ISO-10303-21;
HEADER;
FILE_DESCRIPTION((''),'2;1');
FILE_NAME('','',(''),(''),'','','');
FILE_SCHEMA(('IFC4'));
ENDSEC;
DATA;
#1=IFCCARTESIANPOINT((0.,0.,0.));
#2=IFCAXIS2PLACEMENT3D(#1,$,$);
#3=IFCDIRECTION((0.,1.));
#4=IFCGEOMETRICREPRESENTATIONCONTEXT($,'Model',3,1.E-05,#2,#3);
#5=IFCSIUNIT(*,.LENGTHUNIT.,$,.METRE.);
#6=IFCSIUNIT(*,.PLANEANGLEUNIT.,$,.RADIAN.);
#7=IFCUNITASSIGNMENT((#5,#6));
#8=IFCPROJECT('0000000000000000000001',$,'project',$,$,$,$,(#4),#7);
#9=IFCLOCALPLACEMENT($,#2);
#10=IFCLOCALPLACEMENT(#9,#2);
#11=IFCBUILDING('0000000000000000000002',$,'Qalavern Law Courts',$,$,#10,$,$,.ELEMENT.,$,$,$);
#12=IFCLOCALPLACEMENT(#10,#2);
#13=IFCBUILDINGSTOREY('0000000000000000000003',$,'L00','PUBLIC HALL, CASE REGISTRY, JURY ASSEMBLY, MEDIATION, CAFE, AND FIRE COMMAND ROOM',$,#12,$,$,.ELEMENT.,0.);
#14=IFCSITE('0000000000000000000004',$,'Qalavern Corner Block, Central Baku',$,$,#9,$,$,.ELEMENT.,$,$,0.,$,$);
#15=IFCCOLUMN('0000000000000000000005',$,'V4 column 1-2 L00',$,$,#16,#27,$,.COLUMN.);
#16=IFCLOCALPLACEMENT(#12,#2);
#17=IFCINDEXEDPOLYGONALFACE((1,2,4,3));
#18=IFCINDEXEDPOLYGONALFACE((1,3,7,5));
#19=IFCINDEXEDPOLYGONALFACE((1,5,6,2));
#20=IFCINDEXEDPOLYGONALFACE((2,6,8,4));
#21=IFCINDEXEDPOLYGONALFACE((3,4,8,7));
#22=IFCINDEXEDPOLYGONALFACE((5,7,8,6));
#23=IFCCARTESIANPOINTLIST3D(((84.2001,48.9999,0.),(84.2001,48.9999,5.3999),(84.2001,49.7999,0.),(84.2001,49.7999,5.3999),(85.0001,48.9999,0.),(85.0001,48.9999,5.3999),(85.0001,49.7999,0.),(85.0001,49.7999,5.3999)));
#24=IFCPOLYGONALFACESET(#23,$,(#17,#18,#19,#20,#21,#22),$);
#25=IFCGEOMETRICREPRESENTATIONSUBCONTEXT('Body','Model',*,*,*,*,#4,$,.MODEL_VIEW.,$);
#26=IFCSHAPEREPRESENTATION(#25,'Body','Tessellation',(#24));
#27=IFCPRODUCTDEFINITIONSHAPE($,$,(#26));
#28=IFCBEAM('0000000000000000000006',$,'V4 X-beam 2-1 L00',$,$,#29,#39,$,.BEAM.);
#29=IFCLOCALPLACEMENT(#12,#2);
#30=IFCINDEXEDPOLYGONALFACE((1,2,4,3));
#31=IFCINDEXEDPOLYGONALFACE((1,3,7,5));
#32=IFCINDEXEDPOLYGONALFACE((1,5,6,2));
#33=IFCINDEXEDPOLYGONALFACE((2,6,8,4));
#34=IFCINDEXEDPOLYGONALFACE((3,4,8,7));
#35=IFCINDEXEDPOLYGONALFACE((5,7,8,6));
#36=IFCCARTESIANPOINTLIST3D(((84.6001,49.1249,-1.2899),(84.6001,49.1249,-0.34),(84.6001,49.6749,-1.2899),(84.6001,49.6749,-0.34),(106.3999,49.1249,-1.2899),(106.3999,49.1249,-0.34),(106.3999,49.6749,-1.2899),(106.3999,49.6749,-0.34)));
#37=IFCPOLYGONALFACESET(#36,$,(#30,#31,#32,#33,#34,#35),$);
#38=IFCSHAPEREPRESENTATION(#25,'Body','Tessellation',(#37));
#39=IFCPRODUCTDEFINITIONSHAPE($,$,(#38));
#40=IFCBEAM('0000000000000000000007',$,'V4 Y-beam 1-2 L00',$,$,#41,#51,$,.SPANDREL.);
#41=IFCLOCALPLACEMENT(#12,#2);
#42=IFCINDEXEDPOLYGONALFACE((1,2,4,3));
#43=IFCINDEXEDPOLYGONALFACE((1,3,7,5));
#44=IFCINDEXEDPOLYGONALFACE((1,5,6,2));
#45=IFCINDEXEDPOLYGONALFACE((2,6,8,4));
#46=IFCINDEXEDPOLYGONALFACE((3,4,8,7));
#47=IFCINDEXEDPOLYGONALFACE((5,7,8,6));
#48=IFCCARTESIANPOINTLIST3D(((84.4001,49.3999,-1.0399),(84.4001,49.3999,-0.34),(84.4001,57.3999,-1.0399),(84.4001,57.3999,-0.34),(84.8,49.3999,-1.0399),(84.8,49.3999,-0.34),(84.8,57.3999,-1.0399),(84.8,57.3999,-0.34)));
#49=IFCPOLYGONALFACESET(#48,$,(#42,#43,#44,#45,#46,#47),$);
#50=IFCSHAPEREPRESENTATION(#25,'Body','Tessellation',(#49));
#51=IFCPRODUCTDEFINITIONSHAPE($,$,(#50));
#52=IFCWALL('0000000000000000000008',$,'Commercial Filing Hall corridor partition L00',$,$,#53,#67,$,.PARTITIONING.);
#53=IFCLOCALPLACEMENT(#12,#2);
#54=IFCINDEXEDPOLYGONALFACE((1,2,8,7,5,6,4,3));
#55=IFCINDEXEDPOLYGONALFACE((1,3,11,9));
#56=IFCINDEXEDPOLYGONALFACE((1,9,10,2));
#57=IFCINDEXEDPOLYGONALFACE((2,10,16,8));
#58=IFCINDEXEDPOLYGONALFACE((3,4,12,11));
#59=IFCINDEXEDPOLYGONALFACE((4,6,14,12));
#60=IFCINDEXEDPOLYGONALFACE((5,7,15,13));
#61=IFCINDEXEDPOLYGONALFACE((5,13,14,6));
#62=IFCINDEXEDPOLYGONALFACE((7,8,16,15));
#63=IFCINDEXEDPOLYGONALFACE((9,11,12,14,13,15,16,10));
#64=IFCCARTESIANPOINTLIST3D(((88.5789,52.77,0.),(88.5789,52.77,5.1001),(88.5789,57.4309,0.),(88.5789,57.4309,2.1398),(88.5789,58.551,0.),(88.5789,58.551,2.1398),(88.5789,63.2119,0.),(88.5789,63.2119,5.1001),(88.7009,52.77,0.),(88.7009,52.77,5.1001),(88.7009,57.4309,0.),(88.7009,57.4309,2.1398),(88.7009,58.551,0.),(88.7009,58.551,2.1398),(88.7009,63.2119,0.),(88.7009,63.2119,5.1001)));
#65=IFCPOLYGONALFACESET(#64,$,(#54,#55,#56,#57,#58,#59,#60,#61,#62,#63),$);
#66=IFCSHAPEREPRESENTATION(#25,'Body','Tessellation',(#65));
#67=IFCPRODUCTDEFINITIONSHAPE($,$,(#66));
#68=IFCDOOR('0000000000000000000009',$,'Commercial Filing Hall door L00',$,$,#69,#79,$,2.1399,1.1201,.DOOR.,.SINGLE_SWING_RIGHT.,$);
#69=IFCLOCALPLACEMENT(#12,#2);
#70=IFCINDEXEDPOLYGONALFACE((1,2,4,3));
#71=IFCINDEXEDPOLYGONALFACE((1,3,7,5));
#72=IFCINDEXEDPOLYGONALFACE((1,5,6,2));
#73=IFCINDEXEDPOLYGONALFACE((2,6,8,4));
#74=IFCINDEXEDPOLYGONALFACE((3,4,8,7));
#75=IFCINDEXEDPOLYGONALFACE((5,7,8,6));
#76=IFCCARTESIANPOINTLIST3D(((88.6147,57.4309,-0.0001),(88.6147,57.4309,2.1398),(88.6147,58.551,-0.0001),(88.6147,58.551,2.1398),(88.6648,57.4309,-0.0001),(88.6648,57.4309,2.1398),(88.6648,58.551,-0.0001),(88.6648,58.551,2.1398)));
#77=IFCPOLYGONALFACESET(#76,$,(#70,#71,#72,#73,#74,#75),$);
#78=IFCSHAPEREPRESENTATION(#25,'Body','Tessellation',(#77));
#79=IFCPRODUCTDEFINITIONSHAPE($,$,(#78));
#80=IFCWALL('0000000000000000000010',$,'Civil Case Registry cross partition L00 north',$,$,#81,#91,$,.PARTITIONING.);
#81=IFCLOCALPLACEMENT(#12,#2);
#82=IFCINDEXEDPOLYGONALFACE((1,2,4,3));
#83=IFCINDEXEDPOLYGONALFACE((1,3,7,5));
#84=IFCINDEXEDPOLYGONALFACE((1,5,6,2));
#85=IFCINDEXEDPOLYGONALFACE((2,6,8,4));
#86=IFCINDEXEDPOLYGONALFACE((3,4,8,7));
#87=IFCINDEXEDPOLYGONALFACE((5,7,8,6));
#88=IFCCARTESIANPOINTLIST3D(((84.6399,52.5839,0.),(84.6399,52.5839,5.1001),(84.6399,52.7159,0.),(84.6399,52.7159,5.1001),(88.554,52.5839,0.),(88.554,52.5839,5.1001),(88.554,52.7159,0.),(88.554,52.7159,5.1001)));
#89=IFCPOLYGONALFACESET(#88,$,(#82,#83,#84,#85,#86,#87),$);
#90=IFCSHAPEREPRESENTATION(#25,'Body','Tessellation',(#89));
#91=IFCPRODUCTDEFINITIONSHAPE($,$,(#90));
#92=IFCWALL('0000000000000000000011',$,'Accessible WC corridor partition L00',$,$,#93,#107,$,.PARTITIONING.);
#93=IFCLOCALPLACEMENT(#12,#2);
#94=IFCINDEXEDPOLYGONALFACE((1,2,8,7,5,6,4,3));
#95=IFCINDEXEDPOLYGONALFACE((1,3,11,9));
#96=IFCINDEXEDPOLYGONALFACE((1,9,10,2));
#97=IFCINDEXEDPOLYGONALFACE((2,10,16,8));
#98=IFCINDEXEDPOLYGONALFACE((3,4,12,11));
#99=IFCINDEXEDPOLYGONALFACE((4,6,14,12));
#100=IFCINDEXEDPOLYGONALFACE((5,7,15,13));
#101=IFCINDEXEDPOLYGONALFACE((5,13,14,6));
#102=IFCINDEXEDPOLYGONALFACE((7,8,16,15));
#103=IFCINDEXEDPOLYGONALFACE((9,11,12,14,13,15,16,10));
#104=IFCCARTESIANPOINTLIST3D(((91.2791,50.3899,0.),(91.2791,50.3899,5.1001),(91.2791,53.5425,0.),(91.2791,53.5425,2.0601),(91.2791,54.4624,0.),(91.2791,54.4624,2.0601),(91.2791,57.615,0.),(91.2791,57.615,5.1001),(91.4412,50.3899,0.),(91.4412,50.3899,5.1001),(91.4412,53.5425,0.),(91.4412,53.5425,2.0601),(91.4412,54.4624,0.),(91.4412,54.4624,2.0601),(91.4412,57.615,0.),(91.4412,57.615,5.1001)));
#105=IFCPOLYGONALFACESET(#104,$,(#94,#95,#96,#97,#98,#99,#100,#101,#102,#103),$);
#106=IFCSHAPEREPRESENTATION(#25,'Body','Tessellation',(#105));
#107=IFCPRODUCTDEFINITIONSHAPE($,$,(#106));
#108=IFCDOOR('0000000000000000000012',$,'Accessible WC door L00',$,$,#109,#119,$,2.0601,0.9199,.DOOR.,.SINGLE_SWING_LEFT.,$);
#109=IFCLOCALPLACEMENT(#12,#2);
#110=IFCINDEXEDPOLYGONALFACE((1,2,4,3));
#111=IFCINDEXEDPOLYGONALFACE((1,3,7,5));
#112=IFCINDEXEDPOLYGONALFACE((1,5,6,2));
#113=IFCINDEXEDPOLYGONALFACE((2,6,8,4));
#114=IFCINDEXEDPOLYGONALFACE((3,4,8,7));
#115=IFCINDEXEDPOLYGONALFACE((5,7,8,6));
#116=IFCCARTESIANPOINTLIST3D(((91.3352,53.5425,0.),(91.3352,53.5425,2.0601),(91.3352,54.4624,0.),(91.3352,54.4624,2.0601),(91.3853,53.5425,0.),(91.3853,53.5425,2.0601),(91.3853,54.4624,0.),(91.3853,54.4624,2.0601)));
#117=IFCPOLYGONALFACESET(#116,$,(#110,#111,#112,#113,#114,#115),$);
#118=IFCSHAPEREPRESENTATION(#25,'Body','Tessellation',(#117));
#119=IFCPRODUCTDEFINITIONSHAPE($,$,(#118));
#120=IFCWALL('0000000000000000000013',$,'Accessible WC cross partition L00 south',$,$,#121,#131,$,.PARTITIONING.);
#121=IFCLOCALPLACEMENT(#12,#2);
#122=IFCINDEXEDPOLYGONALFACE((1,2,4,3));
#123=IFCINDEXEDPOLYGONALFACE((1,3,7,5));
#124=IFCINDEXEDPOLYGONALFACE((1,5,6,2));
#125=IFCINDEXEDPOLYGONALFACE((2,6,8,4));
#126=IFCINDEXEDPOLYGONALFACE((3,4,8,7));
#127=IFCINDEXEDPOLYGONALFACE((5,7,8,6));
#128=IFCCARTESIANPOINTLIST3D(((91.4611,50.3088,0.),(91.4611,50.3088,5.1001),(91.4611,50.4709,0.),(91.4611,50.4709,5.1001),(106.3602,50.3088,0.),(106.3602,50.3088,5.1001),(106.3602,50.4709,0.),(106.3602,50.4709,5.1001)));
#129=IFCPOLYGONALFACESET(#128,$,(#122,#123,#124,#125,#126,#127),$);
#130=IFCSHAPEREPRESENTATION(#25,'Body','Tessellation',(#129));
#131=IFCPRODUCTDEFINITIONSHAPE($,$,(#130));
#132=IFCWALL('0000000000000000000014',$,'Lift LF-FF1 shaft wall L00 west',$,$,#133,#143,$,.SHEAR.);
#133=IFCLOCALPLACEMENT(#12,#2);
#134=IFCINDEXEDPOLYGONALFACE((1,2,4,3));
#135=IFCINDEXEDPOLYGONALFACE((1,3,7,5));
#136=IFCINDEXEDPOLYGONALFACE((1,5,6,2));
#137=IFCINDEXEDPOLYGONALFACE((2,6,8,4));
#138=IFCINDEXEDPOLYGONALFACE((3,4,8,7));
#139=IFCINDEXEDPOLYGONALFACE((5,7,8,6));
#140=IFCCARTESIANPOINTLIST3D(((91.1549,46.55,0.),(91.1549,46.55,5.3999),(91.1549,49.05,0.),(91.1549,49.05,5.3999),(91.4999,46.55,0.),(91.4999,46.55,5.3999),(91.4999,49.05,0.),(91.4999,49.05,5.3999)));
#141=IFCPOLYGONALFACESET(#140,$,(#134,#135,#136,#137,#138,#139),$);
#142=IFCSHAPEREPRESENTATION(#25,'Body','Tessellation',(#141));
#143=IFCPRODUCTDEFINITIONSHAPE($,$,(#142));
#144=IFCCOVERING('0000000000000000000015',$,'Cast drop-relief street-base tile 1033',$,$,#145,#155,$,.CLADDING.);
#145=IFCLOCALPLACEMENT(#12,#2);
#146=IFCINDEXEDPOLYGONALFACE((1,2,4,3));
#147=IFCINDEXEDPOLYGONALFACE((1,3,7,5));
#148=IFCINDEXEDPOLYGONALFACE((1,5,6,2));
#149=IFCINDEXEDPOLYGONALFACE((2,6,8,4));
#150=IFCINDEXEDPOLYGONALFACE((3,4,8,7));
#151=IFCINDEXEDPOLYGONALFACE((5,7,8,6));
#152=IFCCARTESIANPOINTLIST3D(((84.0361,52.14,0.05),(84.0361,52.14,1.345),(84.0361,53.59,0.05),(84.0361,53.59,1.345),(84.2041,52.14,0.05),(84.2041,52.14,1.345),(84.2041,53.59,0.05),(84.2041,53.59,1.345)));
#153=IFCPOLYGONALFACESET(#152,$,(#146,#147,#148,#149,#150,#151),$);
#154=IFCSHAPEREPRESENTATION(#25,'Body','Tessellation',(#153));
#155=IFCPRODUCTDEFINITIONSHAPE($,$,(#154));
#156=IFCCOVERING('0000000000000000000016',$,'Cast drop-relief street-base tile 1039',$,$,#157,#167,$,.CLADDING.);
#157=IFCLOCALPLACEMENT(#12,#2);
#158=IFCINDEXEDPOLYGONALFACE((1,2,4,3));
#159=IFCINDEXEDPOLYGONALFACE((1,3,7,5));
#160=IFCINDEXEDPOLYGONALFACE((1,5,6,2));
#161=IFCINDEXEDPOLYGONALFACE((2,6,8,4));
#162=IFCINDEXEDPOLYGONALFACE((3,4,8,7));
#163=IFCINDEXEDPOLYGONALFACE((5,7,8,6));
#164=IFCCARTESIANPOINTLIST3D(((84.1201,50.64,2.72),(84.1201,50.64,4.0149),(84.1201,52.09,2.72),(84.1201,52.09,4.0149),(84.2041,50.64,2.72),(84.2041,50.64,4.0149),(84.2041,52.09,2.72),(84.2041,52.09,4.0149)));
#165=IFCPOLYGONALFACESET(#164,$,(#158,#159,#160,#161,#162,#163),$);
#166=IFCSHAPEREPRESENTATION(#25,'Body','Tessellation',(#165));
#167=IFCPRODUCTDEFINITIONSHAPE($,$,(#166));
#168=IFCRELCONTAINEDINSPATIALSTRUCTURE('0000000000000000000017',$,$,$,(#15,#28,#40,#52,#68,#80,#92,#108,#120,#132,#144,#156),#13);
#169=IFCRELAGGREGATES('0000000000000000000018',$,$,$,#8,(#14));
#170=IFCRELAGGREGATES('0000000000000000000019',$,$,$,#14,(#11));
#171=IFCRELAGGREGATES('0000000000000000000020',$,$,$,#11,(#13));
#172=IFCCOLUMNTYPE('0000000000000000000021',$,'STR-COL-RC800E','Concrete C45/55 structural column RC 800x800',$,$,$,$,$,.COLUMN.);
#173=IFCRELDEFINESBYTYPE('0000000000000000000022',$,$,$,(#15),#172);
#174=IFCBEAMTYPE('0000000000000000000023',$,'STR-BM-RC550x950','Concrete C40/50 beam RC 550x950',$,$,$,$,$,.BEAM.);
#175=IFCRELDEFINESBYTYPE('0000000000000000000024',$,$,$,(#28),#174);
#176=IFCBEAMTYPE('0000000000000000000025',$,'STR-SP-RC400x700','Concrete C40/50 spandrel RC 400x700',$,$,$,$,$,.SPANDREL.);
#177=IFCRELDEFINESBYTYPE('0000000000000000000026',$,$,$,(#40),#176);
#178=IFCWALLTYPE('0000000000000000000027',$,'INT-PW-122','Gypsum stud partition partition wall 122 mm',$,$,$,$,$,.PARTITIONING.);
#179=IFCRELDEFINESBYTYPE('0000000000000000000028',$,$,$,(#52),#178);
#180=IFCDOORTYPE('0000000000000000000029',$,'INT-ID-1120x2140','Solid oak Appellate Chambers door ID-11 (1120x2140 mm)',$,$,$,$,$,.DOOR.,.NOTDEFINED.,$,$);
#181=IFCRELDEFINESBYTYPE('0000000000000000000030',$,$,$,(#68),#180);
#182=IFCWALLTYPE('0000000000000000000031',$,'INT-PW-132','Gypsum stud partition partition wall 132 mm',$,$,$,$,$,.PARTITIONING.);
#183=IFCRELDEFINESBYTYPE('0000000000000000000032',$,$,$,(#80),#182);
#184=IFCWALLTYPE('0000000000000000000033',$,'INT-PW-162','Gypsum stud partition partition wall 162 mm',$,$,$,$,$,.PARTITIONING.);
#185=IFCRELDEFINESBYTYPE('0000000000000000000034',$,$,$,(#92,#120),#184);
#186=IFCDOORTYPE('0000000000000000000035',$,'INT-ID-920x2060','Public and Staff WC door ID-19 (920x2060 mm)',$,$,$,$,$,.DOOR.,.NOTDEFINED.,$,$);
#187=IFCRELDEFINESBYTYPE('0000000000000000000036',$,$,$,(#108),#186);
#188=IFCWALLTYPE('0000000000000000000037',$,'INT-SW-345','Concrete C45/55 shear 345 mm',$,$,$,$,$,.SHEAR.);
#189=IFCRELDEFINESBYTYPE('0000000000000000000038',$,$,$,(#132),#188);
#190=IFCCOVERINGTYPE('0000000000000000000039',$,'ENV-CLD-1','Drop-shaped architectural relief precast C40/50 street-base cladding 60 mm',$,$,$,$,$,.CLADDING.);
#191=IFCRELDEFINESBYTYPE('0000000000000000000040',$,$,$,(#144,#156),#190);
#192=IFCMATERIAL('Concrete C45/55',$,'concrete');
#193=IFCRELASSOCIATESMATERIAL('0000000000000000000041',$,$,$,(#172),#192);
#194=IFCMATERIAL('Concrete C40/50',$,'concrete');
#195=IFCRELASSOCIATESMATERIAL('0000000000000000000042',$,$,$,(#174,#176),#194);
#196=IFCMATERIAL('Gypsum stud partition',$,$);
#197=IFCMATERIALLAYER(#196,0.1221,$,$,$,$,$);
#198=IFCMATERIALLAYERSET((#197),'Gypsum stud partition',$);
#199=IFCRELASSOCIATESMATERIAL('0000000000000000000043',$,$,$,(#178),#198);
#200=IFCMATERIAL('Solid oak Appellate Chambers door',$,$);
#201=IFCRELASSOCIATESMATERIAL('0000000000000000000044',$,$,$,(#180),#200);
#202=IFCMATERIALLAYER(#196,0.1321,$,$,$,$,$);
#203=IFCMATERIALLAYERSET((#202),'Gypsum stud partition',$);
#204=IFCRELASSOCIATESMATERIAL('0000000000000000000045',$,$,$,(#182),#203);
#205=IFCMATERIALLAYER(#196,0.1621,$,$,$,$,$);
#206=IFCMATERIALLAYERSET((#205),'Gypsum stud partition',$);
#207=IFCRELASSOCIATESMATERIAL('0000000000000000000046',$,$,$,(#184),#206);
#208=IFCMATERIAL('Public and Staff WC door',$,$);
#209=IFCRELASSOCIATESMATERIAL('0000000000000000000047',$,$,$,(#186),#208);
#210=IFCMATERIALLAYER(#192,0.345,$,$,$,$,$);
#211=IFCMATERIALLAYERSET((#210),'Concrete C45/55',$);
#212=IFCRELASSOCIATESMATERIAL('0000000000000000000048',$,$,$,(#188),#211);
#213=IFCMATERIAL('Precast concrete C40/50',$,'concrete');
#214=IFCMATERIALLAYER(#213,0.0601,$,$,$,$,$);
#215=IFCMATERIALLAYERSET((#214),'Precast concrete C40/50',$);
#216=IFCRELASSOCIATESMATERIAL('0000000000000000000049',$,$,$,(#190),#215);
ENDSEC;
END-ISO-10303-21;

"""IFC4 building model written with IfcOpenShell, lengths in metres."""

from ifc_helpers import new_model, si_unit, direction, frame, frame_2d, origin, origin_2d, place, context, subcontext, project, spatial, rectangle, extrude, material, layer, layer_set, material_profile, profile_set, type_object, element, fill, save


model = new_model("IFC4")

# Units and contexts
model_context = context("Model", 3, precision=1e-05, world=origin(), true_north=direction((0.0, 1.0)))
body_context = subcontext(model_context, "Body", "Model", "MODEL_VIEW")
ifc_project = project(units=[si_unit("LENGTHUNIT", "METRE"), si_unit("PLANEANGLEUNIT", "RADIAN")], contexts=[model_context])

# Site, building, storey
site_placement = place(None, origin())
site = spatial("IfcSite", under=ifc_project, at=site_placement, Name="Qalavern Corner Block, Central Baku", CompositionType="ELEMENT", RefElevation=0.0)
building_placement = place(site_placement, origin())
building = spatial("IfcBuilding", under=site, at=building_placement, Name="Qalavern Law Courts", CompositionType="ELEMENT")
storey_placement = place(building_placement, origin())
storey = spatial("IfcBuildingStorey", under=building, at=storey_placement, Name="L00", Description="PUBLIC HALL, CASE REGISTRY, JURY ASSEMBLY, MEDIATION, CAFE, AND FIRE COMMAND ROOM", CompositionType="ELEMENT", Elevation=0.0)

# Column
ifc_material_1 = material(Name="Concrete C45/55", Category="concrete")
ifc_material_profile_1 = material_profile(ifc_material_1, rectangle(XDim=0.8, YDim=0.8, at=origin_2d()), Name="RC 800x800")
ifc_profile_set_1 = profile_set([ifc_material_profile_1], Name="Concrete C45/55")
column_type = type_object("IfcColumnType", Name="STR-COL-RC800E", Description="Concrete C45/55 structural column RC 800x800", PredefinedType="COLUMN", material=ifc_profile_set_1)
column_placement = place(storey_placement, frame((84.6001, 49.3999, 0.0), z_axis=(0.0, 0.0, 1.0), x_axis=(1.0, 0.0, 0.0)))
element("IfcColumn", 1, at=column_placement, inside=storey, type_object=column_type, Name="V4 column 1-2 L00", PredefinedType="COLUMN", context=body_context, shape_type="SweptSolid", body=[
    extrude(rectangle(XDim=0.8, YDim=0.8, at=origin_2d()), origin(), (0.0, 0.0, 1.0), 5.3999),
])

# Beams
ifc_material_2 = material(Name="Concrete C40/50", Category="concrete")
ifc_material_profile_2 = material_profile(ifc_material_2, rectangle(XDim=0.55, YDim=0.95, at=origin_2d()), Name="RC 550x950")
ifc_profile_set_2 = profile_set([ifc_material_profile_2], Name="Concrete C40/50")
beam_type_1 = type_object("IfcBeamType", Name="STR-BM-RC550x950", Description="Concrete C40/50 beam RC 550x950", PredefinedType="BEAM", material=ifc_profile_set_2)
beam_1_placement = place(storey_placement, frame((84.6001, 49.3999, -0.8149), z_axis=(1.0, 0.0, 0.0), x_axis=(0.0, 1.0, 0.0)))
element("IfcBeam", 2, at=beam_1_placement, inside=storey, type_object=beam_type_1, Name="V4 X-beam 2-1 L00", PredefinedType="BEAM", context=body_context, shape_type="SweptSolid", body=[
    extrude(rectangle(XDim=0.55, YDim=0.95, at=origin_2d()), origin(), (0.0, 0.0, 1.0), 21.7998),
])
ifc_material_profile_3 = material_profile(ifc_material_2, rectangle(XDim=0.3999, YDim=0.7, at=origin_2d()), Name="RC 400x700")
ifc_profile_set_3 = profile_set([ifc_material_profile_3], Name="Concrete C40/50")
beam_type_2 = type_object("IfcBeamType", Name="STR-SP-RC400x700", Description="Concrete C40/50 spandrel RC 400x700", PredefinedType="SPANDREL", material=ifc_profile_set_3)
beam_2_placement = place(storey_placement, frame((84.6001, 49.3999, -0.6899), z_axis=(0.0, 1.0, 0.0), x_axis=(-1.0, 0.0, 0.0)))
element("IfcBeam", 3, at=beam_2_placement, inside=storey, type_object=beam_type_2, Name="V4 Y-beam 1-2 L00", PredefinedType="SPANDREL", context=body_context, shape_type="SweptSolid", body=[
    extrude(rectangle(XDim=0.3999, YDim=0.7, at=origin_2d()), origin(), (0.0, 0.0, 1.0), 8.0),
])

# Wall, opening, door
ifc_material_3 = material(Name="Gypsum stud partition")
ifc_layer_1 = layer(ifc_material_3, 0.1221)
ifc_layer_set_1 = layer_set([ifc_layer_1], Name="Gypsum stud partition")
wall_type_1 = type_object("IfcWallType", Name="INT-PW-122", Description="Gypsum stud partition partition wall 122 mm", PredefinedType="PARTITIONING", material=ifc_layer_set_1)
wall_1_placement = place(storey_placement, frame((88.6399, 52.77, 0.0), z_axis=(0.0, 0.0, 1.0), x_axis=(0.0, 1.0, 0.0)))
wall_1 = element("IfcWall", 4, at=wall_1_placement, inside=storey, type_object=wall_type_1, Name="Commercial Filing Hall corridor partition L00", PredefinedType="PARTITIONING", context=body_context, shape_type="SweptSolid", body=[
    extrude(rectangle(XDim=10.4419, YDim=0.1221, at=frame_2d((5.2209, 0.0))), origin(), (0.0, 0.0, 1.0), 5.1001),
])
opening_1_placement = place(wall_1_placement, frame((4.6609, 0.0, 0.0)))
opening_1 = element("IfcOpeningElement", 5, at=opening_1_placement, cuts=wall_1, PredefinedType="OPENING", context=body_context, shape_type="SweptSolid", body=[
    extrude(rectangle(XDim=1.1201, YDim=2.1399, at=frame_2d((0.5601, 1.0698))), frame((0.0, 0.0759, 0.0), z_axis=(0.0, -1.0, 0.0), x_axis=(1.0, 0.0, 0.0)), (0.0, 0.0, 1.0), 0.1519),
])
ifc_material_4 = material(Name="Solid oak Appellate Chambers door")
door_type_1 = type_object("IfcDoorType", Name="INT-ID-1120x2140", Description="Solid oak Appellate Chambers door ID-11 (1120x2140 mm)", OperationType="NOTDEFINED", PredefinedType="DOOR", material=ifc_material_4)
door_1_placement = place(opening_1_placement, frame((1.1201, 0.0, 0.0), z_axis=(0.0, 0.0, 1.0), x_axis=(-1.0, 0.0, 0.0)))
door_1 = element("IfcDoor", 6, at=door_1_placement, inside=storey, type_object=door_type_1, Name="Commercial Filing Hall door L00", OperationType="SINGLE_SWING_RIGHT", OverallHeight=2.1399, OverallWidth=1.1201, PredefinedType="DOOR", context=body_context, shape_type="SweptSolid", body=[
    extrude(rectangle(XDim=1.1201, YDim=2.1399, at=frame_2d((0.5601, 1.0698))), frame((0.0, 0.0249, 0.0), z_axis=(0.0, -1.0, 0.0), x_axis=(1.0, 0.0, 0.0)), (0.0, 0.0, 1.0), 0.05),
])
fill(opening_1, door_1)

# Wall
ifc_layer_2 = layer(ifc_material_3, 0.1321)
ifc_layer_set_2 = layer_set([ifc_layer_2], Name="Gypsum stud partition")
wall_type_2 = type_object("IfcWallType", Name="INT-PW-132", Description="Gypsum stud partition partition wall 132 mm", PredefinedType="PARTITIONING", material=ifc_layer_set_2)
wall_2_placement = place(storey_placement, frame((84.6399, 52.6499, 0.0), z_axis=(0.0, 0.0, 1.0), x_axis=(1.0, 0.0, 0.0)))
element("IfcWall", 7, at=wall_2_placement, inside=storey, type_object=wall_type_2, Name="Civil Case Registry cross partition L00 north", PredefinedType="PARTITIONING", context=body_context, shape_type="SweptSolid", body=[
    extrude(rectangle(XDim=3.9141, YDim=0.1321, at=frame_2d((1.957, 0.0))), origin(), (0.0, 0.0, 1.0), 5.1001),
])

# Wall, opening, door
ifc_layer_3 = layer(ifc_material_3, 0.1621)
ifc_layer_set_3 = layer_set([ifc_layer_3], Name="Gypsum stud partition")
wall_type_3 = type_object("IfcWallType", Name="INT-PW-162", Description="Gypsum stud partition partition wall 162 mm", PredefinedType="PARTITIONING", material=ifc_layer_set_3)
wall_3_placement = place(storey_placement, frame((91.3601, 50.3899, 0.0), z_axis=(0.0, 0.0, 1.0), x_axis=(0.0, 1.0, 0.0)))
wall_3 = element("IfcWall", 8, at=wall_3_placement, inside=storey, type_object=wall_type_3, Name="Accessible WC corridor partition L00", PredefinedType="PARTITIONING", context=body_context, shape_type="SweptSolid", body=[
    extrude(rectangle(XDim=7.2251, YDim=0.1621, at=frame_2d((3.6125, 0.0))), origin(), (0.0, 0.0, 1.0), 5.1001),
])
opening_2_placement = place(wall_3_placement, frame((3.1526, 0.0, 0.0)))
opening_2 = element("IfcOpeningElement", 9, at=opening_2_placement, cuts=wall_3, PredefinedType="OPENING", context=body_context, shape_type="SweptSolid", body=[
    extrude(rectangle(XDim=0.9199, YDim=2.0601, at=frame_2d((0.46, 1.03))), frame((0.0, 0.0959, 0.0), z_axis=(0.0, -1.0, 0.0), x_axis=(1.0, 0.0, 0.0)), (0.0, 0.0, 1.0), 0.1919),
])
ifc_material_5 = material(Name="Public and Staff WC door")
door_type_2 = type_object("IfcDoorType", Name="INT-ID-920x2060", Description="Public and Staff WC door ID-19 (920x2060 mm)", OperationType="NOTDEFINED", PredefinedType="DOOR", material=ifc_material_5)
door_2_placement = place(opening_2_placement, origin())
door_2 = element("IfcDoor", 10, at=door_2_placement, inside=storey, type_object=door_type_2, Name="Accessible WC door L00", OperationType="SINGLE_SWING_LEFT", OverallHeight=2.0601, OverallWidth=0.9199, PredefinedType="DOOR", context=body_context, shape_type="SweptSolid", body=[
    extrude(rectangle(XDim=0.9199, YDim=2.0601, at=frame_2d((0.46, 1.03))), frame((0.0, 0.0249, 0.0), z_axis=(0.0, -1.0, 0.0), x_axis=(1.0, 0.0, 0.0)), (0.0, 0.0, 1.0), 0.05),
])
fill(opening_2, door_2)

# Walls
wall_4_placement = place(storey_placement, frame((91.4609, 50.3899, 0.0), z_axis=(0.0, 0.0, 1.0), x_axis=(1.0, 0.0, 0.0)))
element("IfcWall", 11, at=wall_4_placement, inside=storey, type_object=wall_type_3, Name="Accessible WC cross partition L00 south", PredefinedType="PARTITIONING", context=body_context, shape_type="SweptSolid", body=[
    extrude(rectangle(XDim=14.8992, YDim=0.1621, at=frame_2d((7.4497, 0.0))), origin(), (0.0, 0.0, 1.0), 5.1001),
])
ifc_layer_4 = layer(ifc_material_1, 0.345)
ifc_layer_set_4 = layer_set([ifc_layer_4], Name="Concrete C45/55")
wall_type_4 = type_object("IfcWallType", Name="INT-SW-345", Description="Concrete C45/55 shear 345 mm", PredefinedType="SHEAR", material=ifc_layer_set_4)
wall_5_placement = place(storey_placement, frame((91.3274, 49.05, 0.0), z_axis=(0.0, 0.0, 1.0), x_axis=(0.0, -1.0, 0.0)))
element("IfcWall", 12, at=wall_5_placement, inside=storey, type_object=wall_type_4, Name="Lift LF-FF1 shaft wall L00 west", PredefinedType="SHEAR", context=body_context, shape_type="SweptSolid", body=[
    extrude(rectangle(XDim=2.5, YDim=0.345, at=frame_2d((1.25, 0.0))), origin(), (0.0, 0.0, 1.0), 5.3999),
])

# Coverings
ifc_material_6 = material(Name="Precast concrete C40/50", Category="concrete")
ifc_layer_5 = layer(ifc_material_6, 0.0601)
ifc_layer_set_5 = layer_set([ifc_layer_5], Name="Precast concrete C40/50")
covering_type_1 = type_object("IfcCoveringType", Name="ENV-CLD-1", Description="Drop-shaped architectural relief precast C40/50 street-base cladding 60 mm", PredefinedType="CLADDING", material=ifc_layer_set_5)
covering_1_placement = place(storey_placement, frame((84.1201, 52.865, 0.05), z_axis=(0.0, 0.0, 1.0), x_axis=(0.0, -1.0, 0.0)))
element("IfcCovering", 13, at=covering_1_placement, inside=storey, type_object=covering_type_1, Name="Cast drop-relief street-base tile 1033", PredefinedType="CLADDING", context=body_context, shape_type="SweptSolid", body=[
    extrude(rectangle(XDim=1.45, YDim=0.168, at=origin_2d()), origin(), (0.0, 0.0, 1.0), 1.2949),
])
for number, where, z_axis, x_axis, name in (
    (14, (84.1621, 51.365, 2.72), (0.0, 0.0, 1.0), (0.0, -1.0, 0.0), "Cast drop-relief street-base tile 1039"),
):
    element("IfcCovering", number, at=place(storey_placement, frame(where, z_axis=z_axis, x_axis=x_axis)), inside=storey, type_object=covering_type_1, Name=name, PredefinedType="CLADDING", context=body_context, shape_type="SweptSolid", body=[
        extrude(rectangle(XDim=1.45, YDim=0.084, at=origin_2d()), origin(), (0.0, 0.0, 1.0), 1.2949),
    ])

save(model, "model.ifc")
